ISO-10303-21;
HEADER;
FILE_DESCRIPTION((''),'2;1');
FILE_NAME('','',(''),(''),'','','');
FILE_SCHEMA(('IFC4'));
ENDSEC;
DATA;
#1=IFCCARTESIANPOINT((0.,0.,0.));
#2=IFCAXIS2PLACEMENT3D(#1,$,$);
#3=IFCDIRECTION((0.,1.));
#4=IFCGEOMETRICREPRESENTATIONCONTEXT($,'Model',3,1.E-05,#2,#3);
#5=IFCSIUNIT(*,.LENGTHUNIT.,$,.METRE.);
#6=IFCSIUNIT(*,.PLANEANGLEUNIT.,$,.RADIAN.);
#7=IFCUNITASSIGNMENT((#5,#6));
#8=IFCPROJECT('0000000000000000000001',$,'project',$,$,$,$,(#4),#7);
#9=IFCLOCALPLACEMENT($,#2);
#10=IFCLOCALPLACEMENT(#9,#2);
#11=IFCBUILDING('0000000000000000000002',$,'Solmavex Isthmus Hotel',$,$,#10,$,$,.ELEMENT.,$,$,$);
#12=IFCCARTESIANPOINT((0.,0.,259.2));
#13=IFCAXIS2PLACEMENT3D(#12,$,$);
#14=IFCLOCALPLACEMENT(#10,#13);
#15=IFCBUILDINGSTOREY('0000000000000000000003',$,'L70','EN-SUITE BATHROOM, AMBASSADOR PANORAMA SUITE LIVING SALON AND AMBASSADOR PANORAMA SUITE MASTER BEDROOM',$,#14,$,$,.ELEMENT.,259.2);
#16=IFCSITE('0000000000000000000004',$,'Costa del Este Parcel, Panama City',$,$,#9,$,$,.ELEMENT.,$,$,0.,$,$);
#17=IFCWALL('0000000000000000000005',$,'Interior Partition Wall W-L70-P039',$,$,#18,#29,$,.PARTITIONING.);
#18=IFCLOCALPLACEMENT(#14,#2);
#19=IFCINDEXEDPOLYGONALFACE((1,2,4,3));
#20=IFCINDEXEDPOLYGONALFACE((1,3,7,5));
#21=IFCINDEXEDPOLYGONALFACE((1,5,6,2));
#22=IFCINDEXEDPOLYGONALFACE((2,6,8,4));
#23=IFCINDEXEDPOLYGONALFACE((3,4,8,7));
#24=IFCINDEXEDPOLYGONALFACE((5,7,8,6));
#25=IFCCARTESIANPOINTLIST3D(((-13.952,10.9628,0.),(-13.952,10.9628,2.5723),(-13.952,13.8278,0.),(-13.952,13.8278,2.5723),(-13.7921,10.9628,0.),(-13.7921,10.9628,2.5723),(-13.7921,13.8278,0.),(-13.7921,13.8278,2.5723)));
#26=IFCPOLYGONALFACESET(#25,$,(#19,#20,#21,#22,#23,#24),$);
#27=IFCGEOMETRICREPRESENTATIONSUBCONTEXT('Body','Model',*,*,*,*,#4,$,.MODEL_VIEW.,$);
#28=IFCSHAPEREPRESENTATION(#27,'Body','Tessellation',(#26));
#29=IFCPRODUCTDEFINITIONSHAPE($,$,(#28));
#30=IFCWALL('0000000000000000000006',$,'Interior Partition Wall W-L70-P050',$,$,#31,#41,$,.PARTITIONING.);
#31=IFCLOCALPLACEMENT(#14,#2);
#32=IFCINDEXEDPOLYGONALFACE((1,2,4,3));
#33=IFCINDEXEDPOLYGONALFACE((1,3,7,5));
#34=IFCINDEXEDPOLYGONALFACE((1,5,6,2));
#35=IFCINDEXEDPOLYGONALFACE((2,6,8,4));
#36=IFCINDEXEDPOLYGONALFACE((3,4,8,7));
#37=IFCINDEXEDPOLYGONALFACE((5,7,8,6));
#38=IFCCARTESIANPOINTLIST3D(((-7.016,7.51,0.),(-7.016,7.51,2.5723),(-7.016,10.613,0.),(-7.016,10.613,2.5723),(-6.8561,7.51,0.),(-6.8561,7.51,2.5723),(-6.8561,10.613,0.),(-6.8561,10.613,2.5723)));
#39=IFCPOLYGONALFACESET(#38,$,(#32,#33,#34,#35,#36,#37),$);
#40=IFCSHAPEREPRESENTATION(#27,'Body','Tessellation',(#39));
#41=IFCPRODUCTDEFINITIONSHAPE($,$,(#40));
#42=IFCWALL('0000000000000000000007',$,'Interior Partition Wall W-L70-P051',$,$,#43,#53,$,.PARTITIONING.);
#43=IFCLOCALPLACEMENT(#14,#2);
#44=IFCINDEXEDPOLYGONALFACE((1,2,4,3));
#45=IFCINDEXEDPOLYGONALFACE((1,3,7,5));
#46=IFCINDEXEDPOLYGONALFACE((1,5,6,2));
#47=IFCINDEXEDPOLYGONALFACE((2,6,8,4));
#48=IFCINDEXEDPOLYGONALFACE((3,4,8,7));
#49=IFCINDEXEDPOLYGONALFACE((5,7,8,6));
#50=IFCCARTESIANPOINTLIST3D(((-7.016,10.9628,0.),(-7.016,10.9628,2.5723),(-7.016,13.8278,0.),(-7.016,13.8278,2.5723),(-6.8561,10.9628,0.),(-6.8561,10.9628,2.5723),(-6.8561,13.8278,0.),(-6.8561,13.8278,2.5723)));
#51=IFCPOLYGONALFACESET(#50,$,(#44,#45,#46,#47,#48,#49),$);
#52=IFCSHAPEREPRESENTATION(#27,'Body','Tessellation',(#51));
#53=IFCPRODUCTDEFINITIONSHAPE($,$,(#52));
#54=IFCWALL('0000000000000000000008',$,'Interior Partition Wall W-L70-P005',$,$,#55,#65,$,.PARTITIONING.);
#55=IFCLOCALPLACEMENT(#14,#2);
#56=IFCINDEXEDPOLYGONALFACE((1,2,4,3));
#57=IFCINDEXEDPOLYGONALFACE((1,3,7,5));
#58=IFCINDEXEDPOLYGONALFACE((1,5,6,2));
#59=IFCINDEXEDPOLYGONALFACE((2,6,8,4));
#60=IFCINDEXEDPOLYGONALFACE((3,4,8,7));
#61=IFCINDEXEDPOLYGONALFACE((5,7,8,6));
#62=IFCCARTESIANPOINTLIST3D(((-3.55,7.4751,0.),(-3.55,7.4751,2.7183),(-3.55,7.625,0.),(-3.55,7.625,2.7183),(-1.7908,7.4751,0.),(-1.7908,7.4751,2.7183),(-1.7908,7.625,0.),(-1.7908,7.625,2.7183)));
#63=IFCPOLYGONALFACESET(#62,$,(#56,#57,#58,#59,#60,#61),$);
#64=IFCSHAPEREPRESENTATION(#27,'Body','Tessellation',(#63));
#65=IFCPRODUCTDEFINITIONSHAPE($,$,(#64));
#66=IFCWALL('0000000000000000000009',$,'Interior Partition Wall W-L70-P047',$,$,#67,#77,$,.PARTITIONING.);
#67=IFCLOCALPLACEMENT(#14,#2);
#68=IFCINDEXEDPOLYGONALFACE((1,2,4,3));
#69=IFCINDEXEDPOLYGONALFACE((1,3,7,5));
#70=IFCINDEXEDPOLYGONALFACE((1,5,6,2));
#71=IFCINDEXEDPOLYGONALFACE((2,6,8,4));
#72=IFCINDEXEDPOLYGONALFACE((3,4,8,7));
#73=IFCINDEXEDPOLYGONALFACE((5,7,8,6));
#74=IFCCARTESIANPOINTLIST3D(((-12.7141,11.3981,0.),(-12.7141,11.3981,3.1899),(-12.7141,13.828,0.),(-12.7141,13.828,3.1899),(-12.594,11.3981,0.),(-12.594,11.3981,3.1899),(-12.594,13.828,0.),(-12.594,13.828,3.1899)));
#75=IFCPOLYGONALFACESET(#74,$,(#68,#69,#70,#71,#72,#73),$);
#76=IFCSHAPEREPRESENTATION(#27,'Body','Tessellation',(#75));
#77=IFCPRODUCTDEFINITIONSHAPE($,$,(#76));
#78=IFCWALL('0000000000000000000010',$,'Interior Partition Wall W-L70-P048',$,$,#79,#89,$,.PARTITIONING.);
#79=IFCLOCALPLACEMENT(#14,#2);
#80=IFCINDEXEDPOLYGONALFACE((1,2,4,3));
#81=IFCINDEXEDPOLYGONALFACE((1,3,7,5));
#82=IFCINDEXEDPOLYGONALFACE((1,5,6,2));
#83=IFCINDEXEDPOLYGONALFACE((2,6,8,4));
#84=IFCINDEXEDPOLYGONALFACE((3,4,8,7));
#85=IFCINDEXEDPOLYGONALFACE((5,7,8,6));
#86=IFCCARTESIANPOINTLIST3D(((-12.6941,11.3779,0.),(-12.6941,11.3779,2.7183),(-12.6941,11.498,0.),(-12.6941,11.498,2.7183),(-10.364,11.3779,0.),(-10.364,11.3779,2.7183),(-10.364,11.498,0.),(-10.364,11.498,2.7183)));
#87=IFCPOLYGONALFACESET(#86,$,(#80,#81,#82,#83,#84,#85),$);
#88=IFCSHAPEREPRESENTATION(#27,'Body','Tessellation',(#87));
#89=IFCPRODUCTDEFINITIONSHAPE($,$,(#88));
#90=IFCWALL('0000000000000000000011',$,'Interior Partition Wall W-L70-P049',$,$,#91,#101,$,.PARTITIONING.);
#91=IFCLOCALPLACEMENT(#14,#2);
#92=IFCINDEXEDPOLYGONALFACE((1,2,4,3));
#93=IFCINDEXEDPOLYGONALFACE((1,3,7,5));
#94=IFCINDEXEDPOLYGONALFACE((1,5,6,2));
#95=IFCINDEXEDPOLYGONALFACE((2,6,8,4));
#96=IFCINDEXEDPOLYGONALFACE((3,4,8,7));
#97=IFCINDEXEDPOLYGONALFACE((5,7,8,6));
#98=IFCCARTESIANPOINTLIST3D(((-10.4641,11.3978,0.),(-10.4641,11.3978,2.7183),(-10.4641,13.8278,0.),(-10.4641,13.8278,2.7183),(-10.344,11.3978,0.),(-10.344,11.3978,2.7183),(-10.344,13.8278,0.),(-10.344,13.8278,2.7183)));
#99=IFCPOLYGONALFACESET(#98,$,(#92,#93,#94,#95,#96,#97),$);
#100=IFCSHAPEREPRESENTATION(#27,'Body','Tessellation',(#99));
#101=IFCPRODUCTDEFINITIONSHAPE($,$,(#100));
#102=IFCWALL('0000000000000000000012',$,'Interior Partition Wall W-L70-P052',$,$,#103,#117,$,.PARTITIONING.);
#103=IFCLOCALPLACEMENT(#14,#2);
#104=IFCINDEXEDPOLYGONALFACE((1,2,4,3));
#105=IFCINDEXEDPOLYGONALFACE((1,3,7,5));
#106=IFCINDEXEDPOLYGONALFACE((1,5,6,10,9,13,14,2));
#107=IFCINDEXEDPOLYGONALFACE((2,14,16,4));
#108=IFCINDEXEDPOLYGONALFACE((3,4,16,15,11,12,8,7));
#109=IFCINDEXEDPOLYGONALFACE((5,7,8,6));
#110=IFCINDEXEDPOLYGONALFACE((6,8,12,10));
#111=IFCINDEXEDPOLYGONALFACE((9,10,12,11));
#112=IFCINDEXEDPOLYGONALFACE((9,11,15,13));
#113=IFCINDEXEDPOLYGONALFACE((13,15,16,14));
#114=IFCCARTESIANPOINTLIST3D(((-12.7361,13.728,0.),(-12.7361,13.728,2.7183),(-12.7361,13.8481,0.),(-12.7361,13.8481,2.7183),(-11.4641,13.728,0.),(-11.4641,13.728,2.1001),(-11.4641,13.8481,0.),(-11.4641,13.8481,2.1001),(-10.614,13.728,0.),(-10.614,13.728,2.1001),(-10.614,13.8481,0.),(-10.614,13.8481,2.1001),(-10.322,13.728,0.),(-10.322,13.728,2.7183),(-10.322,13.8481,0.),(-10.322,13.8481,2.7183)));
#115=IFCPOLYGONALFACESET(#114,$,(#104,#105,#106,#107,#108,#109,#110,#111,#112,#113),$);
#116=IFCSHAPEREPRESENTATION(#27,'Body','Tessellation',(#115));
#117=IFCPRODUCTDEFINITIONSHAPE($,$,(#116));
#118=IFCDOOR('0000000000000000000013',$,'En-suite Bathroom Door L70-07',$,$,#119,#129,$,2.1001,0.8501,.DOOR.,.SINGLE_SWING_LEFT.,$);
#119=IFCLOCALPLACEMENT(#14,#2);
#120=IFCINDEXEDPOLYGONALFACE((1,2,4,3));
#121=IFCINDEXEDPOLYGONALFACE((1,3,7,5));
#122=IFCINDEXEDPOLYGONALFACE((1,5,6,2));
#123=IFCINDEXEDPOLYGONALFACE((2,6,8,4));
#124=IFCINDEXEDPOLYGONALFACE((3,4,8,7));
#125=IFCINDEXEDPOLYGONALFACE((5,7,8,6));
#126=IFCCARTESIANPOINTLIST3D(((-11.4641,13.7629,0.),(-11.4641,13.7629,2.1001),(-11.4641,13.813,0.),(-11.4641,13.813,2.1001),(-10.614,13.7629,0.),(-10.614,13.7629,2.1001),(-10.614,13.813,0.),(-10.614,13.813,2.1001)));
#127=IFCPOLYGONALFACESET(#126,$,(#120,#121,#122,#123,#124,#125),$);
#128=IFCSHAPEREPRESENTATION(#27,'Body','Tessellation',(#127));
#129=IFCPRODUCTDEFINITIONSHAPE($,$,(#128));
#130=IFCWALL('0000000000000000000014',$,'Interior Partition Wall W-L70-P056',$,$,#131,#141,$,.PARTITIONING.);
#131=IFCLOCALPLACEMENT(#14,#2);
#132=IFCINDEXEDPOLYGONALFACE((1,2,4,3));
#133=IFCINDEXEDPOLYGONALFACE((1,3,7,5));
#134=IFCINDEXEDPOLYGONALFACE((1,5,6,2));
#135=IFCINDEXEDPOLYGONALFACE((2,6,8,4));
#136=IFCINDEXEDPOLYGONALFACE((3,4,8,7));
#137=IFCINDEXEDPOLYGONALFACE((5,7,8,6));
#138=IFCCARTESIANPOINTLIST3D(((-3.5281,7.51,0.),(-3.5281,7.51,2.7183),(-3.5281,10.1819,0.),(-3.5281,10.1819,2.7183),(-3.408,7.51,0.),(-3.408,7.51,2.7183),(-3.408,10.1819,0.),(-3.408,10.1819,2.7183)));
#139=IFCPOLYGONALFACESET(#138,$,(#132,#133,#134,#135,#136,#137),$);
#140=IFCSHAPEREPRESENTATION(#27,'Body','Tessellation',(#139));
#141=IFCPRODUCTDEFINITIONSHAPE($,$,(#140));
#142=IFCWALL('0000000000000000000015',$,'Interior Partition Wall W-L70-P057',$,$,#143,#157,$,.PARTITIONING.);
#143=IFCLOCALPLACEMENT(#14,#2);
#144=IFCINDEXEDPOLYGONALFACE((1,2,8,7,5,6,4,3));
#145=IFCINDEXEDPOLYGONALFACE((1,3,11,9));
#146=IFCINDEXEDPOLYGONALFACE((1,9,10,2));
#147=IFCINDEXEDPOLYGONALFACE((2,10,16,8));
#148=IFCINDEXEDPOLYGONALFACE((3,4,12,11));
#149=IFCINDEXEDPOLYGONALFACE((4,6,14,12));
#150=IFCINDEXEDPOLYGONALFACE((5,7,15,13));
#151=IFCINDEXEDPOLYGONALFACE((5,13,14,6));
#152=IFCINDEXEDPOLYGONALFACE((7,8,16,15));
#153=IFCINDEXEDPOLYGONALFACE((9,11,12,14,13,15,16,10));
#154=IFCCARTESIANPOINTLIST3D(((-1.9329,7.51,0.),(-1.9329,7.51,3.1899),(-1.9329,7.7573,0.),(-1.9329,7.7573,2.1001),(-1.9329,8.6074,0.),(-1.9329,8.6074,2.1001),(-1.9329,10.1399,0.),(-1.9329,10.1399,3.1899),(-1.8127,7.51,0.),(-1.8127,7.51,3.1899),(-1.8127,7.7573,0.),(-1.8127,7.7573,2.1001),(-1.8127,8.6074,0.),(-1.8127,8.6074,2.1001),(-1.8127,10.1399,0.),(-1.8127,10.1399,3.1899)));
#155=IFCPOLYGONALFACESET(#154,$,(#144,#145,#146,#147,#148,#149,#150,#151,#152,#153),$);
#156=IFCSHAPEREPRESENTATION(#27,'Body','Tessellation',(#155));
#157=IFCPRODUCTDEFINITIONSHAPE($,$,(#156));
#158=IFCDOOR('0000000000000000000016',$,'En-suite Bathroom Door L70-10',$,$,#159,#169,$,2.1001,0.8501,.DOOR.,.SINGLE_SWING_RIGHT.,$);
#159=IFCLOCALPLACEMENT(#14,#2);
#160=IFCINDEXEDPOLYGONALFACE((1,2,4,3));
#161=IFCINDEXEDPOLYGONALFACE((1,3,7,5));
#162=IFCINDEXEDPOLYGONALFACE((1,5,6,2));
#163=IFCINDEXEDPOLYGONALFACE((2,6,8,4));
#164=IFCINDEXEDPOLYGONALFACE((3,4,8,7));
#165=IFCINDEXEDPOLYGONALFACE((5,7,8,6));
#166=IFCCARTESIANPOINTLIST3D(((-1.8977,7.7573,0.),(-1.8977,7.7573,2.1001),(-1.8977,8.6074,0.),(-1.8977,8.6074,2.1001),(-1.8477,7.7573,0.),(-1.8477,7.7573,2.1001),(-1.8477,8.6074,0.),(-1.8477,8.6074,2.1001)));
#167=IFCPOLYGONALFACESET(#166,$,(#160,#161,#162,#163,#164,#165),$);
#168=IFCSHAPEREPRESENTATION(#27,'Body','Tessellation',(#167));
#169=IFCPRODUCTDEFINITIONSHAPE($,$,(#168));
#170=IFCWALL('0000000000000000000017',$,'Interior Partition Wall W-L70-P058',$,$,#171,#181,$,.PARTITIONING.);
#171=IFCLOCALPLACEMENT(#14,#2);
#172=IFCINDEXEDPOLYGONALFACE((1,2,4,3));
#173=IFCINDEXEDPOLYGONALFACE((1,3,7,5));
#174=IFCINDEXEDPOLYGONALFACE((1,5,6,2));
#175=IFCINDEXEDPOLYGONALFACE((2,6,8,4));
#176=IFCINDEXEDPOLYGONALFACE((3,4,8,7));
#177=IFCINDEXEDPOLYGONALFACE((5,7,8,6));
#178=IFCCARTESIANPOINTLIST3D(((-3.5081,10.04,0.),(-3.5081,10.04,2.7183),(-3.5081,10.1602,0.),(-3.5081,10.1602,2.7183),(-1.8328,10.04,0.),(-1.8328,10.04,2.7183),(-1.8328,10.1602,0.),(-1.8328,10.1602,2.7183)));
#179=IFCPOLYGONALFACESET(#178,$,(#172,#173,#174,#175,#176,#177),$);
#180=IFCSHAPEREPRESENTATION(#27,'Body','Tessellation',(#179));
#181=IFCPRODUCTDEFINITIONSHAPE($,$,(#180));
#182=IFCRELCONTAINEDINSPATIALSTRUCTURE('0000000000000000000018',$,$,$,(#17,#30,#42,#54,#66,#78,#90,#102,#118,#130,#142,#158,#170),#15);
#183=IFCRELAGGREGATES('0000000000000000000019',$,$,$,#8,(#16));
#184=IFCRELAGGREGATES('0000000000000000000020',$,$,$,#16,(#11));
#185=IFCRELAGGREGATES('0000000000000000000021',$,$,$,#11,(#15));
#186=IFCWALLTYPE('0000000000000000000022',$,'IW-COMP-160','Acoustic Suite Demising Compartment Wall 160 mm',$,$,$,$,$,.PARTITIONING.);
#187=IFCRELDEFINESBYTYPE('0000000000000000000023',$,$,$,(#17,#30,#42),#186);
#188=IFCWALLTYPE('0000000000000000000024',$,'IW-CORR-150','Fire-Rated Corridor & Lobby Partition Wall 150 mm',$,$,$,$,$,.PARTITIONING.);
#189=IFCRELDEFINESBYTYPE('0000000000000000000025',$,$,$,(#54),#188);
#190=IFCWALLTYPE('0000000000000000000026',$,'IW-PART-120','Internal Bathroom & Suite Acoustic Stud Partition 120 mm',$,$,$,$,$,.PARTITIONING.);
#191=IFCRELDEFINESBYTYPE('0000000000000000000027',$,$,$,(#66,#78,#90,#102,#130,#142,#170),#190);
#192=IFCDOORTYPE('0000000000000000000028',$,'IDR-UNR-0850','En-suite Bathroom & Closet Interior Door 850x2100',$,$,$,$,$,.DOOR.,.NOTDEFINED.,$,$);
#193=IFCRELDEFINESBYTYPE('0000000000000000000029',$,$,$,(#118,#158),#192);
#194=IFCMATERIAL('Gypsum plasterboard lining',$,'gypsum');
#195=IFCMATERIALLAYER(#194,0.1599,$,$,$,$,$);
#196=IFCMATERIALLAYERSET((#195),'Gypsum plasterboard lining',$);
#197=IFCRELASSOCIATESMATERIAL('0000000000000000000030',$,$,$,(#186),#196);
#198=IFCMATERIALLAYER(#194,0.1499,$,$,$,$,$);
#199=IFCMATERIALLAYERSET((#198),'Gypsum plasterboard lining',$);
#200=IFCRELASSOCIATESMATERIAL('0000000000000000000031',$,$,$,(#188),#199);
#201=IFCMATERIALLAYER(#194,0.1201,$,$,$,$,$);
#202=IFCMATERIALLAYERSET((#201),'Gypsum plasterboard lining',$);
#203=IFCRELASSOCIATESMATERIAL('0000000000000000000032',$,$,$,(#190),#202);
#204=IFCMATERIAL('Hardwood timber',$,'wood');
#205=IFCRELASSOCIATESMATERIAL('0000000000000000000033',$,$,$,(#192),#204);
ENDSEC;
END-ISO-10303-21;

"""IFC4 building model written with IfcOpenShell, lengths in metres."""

from ifc_helpers import new_model, si_unit, direction, frame, frame_2d, origin, place, context, subcontext, project, spatial, rectangle, extrude, material, layer, layer_set, type_object, element, fill, save


model = new_model("IFC4")

# Units and contexts
model_context = context("Model", 3, precision=1e-05, world=origin(), true_north=direction((0.0, 1.0)))
body_context = subcontext(model_context, "Body", "Model", "MODEL_VIEW")
ifc_project = project(units=[si_unit("LENGTHUNIT", "METRE"), si_unit("PLANEANGLEUNIT", "RADIAN")], contexts=[model_context])

# Site, building, storey
site_placement = place(None, origin())
site = spatial("IfcSite", under=ifc_project, at=site_placement, Name="Costa del Este Parcel, Panama City", CompositionType="ELEMENT", RefElevation=0.0)
building_placement = place(site_placement, origin())
building = spatial("IfcBuilding", under=site, at=building_placement, Name="Solmavex Isthmus Hotel", CompositionType="ELEMENT")
storey_placement = place(building_placement, frame((0.0, 0.0, 259.2)))
storey = spatial("IfcBuildingStorey", under=building, at=storey_placement, Name="L70", Description="EN-SUITE BATHROOM, AMBASSADOR PANORAMA SUITE LIVING SALON AND AMBASSADOR PANORAMA SUITE MASTER BEDROOM", CompositionType="ELEMENT", Elevation=259.2)

# Wall
ifc_material_1 = material(Name="Gypsum plasterboard lining", Category="gypsum")
ifc_layer_1 = layer(ifc_material_1, 0.1599)
ifc_layer_set_1 = layer_set([ifc_layer_1], Name="Gypsum plasterboard lining")
wall_type_1 = type_object("IfcWallType", Name="IW-COMP-160", Description="Acoustic Suite Demising Compartment Wall 160 mm", PredefinedType="PARTITIONING", material=ifc_layer_set_1)
wall_1_placement = place(storey_placement, frame((-13.8721, 13.8279, 0.0), z_axis=(0.0, 0.0, 1.0), x_axis=(0.0, -1.0, 0.0)))
element("IfcWall", 1, at=wall_1_placement, inside=storey, type_object=wall_type_1, Name="Interior Partition Wall W-L70-P039", PredefinedType="PARTITIONING", context=body_context, shape_type="SweptSolid", body=[
    extrude(rectangle(XDim=2.865, YDim=0.1599, at=frame_2d((1.4326, 0.0))), origin(), (0.0, 0.0, 1.0), 2.5723),
])

# Shared definitions
ifc_material_2 = material(Name="Hardwood timber", Category="wood")

# Walls
wall_2_placement = place(storey_placement, frame((-6.936, 10.613, 0.0), z_axis=(0.0, 0.0, 1.0), x_axis=(0.0, -1.0, 0.0)))
element("IfcWall", 2, at=wall_2_placement, inside=storey, type_object=wall_type_1, Name="Interior Partition Wall W-L70-P050", PredefinedType="PARTITIONING", context=body_context, shape_type="SweptSolid", body=[
    extrude(rectangle(XDim=3.103, YDim=0.1599, at=frame_2d((1.5515, 0.0))), origin(), (0.0, 0.0, 1.0), 2.5723),
])
wall_3_placement = place(storey_placement, frame((-6.936, 13.8279, 0.0), z_axis=(0.0, 0.0, 1.0), x_axis=(0.0, -1.0, 0.0)))
element("IfcWall", 3, at=wall_3_placement, inside=storey, type_object=wall_type_1, Name="Interior Partition Wall W-L70-P051", PredefinedType="PARTITIONING", context=body_context, shape_type="SweptSolid", body=[
    extrude(rectangle(XDim=2.865, YDim=0.1599, at=frame_2d((1.4326, 0.0))), origin(), (0.0, 0.0, 1.0), 2.5723),
])

# Shared definitions
ifc_layer_2 = layer(ifc_material_1, 0.1499)
ifc_layer_set_2 = layer_set([ifc_layer_2], Name="Gypsum plasterboard lining")
wall_type_2 = type_object("IfcWallType", Name="IW-CORR-150", Description="Fire-Rated Corridor & Lobby Partition Wall 150 mm", PredefinedType="PARTITIONING", material=ifc_layer_set_2)

# Walls
wall_4_placement = place(storey_placement, frame((-3.55, 7.55, 0.0), z_axis=(0.0, 0.0, 1.0), x_axis=(1.0, 0.0, 0.0)))
element("IfcWall", 4, at=wall_4_placement, inside=storey, type_object=wall_type_2, Name="Interior Partition Wall W-L70-P005", PredefinedType="PARTITIONING", context=body_context, shape_type="SweptSolid", body=[
    extrude(rectangle(XDim=1.7593, YDim=0.1499, at=frame_2d((0.8796, 0.0))), origin(), (0.0, 0.0, 1.0), 2.7183),
])
ifc_layer_3 = layer(ifc_material_1, 0.1201)
ifc_layer_set_3 = layer_set([ifc_layer_3], Name="Gypsum plasterboard lining")
wall_type_3 = type_object("IfcWallType", Name="IW-PART-120", Description="Internal Bathroom & Suite Acoustic Stud Partition 120 mm", PredefinedType="PARTITIONING", material=ifc_layer_set_3)
wall_5_placement = place(storey_placement, frame((-12.6541, 13.8279, 0.0), z_axis=(0.0, 0.0, 1.0), x_axis=(0.0, -1.0, 0.0)))
element("IfcWall", 5, at=wall_5_placement, inside=storey, type_object=wall_type_3, Name="Interior Partition Wall W-L70-P047", PredefinedType="PARTITIONING", context=body_context, shape_type="SweptSolid", body=[
    extrude(rectangle(XDim=2.4299, YDim=0.1201, at=frame_2d((1.2148, 0.0))), origin(), (0.0, 0.0, 1.0), 3.1899),
])
wall_6_placement = place(storey_placement, frame((-12.6941, 11.438, 0.0), z_axis=(0.0, 0.0, 1.0), x_axis=(1.0, 0.0, 0.0)))
element("IfcWall", 6, at=wall_6_placement, inside=storey, type_object=wall_type_3, Name="Interior Partition Wall W-L70-P048", PredefinedType="PARTITIONING", context=body_context, shape_type="SweptSolid", body=[
    extrude(rectangle(XDim=2.3301, YDim=0.1201, at=frame_2d((1.165, 0.0))), origin(), (0.0, 0.0, 1.0), 2.7183),
])
wall_7_placement = place(storey_placement, frame((-10.4041, 11.3979, 0.0), z_axis=(0.0, 0.0, 1.0), x_axis=(0.0, 1.0, 0.0)))
element("IfcWall", 7, at=wall_7_placement, inside=storey, type_object=wall_type_3, Name="Interior Partition Wall W-L70-P049", PredefinedType="PARTITIONING", context=body_context, shape_type="SweptSolid", body=[
    extrude(rectangle(XDim=2.4299, YDim=0.1201, at=frame_2d((1.2148, 0.0))), origin(), (0.0, 0.0, 1.0), 2.7183),
])

# Wall, opening, door
wall_8_placement = place(storey_placement, frame((-10.322, 13.7881, 0.0), z_axis=(0.0, 0.0, 1.0), x_axis=(-1.0, 0.0, 0.0)))
wall_8 = element("IfcWall", 8, at=wall_8_placement, inside=storey, type_object=wall_type_3, Name="Interior Partition Wall W-L70-P052", PredefinedType="PARTITIONING", context=body_context, shape_type="SweptSolid", body=[
    extrude(rectangle(XDim=2.4141, YDim=0.1201, at=frame_2d((1.207, 0.0))), origin(), (0.0, 0.0, 1.0), 2.7183),
])
opening_1_placement = place(wall_8_placement, frame((0.292, 0.0, 0.0)))
opening_1 = element("IfcOpeningElement", 9, at=opening_1_placement, cuts=wall_8, PredefinedType="OPENING", context=body_context, shape_type="SweptSolid", body=[
    extrude(rectangle(XDim=0.8501, YDim=2.1001, at=frame_2d((0.425, 1.05))), frame((0.0, 0.0701, 0.0), z_axis=(0.0, -1.0, 0.0), x_axis=(1.0, 0.0, 0.0)), (0.0, 0.0, 1.0), 0.1401),
])
door_type_1 = type_object("IfcDoorType", Name="IDR-UNR-0850", Description="En-suite Bathroom & Closet Interior Door 850x2100", OperationType="NOTDEFINED", PredefinedType="DOOR", material=ifc_material_2)
door_1_placement = place(opening_1_placement, frame((0.8501, 0.0, 0.0), z_axis=(0.0, 0.0, 1.0), x_axis=(-1.0, 0.0, 0.0)))
door_1 = element("IfcDoor", 10, at=door_1_placement, inside=storey, type_object=door_type_1, Name="En-suite Bathroom Door L70-07", OperationType="SINGLE_SWING_LEFT", OverallHeight=2.1001, OverallWidth=0.8501, PredefinedType="DOOR", context=body_context, shape_type="SweptSolid", body=[
    extrude(rectangle(XDim=0.8501, YDim=2.1001, at=frame_2d((0.425, 1.05))), frame((0.0, 0.0249, 0.0), z_axis=(0.0, -1.0, 0.0), x_axis=(1.0, 0.0, 0.0)), (0.0, 0.0, 1.0), 0.05),
])
fill(opening_1, door_1)

# Wall
wall_9_placement = place(storey_placement, frame((-3.468, 10.1819, 0.0), z_axis=(0.0, 0.0, 1.0), x_axis=(0.0, -1.0, 0.0)))
element("IfcWall", 11, at=wall_9_placement, inside=storey, type_object=wall_type_3, Name="Interior Partition Wall W-L70-P056", PredefinedType="PARTITIONING", context=body_context, shape_type="SweptSolid", body=[
    extrude(rectangle(XDim=2.6719, YDim=0.1201, at=frame_2d((1.3359, 0.0))), origin(), (0.0, 0.0, 1.0), 2.7183),
])

# Wall, opening, door
wall_10_placement = place(storey_placement, frame((-1.8728, 7.51, 0.0), z_axis=(0.0, 0.0, 1.0), x_axis=(0.0, 1.0, 0.0)))
wall_10 = element("IfcWall", 12, at=wall_10_placement, inside=storey, type_object=wall_type_3, Name="Interior Partition Wall W-L70-P057", PredefinedType="PARTITIONING", context=body_context, shape_type="SweptSolid", body=[
    extrude(rectangle(XDim=2.6299, YDim=0.1201, at=frame_2d((1.3149, 0.0))), origin(), (0.0, 0.0, 1.0), 3.1899),
])
opening_2_placement = place(wall_10_placement, frame((0.2473, 0.0, 0.0)))
opening_2 = element("IfcOpeningElement", 13, at=opening_2_placement, cuts=wall_10, PredefinedType="OPENING", context=body_context, shape_type="SweptSolid", body=[
    extrude(rectangle(XDim=0.8501, YDim=2.1001, at=frame_2d((0.425, 1.05))), frame((0.0, 0.0701, 0.0), z_axis=(0.0, -1.0, 0.0), x_axis=(1.0, 0.0, 0.0)), (0.0, 0.0, 1.0), 0.1401),
])
door_2_placement = place(opening_2_placement, origin())
door_2 = element("IfcDoor", 14, at=door_2_placement, inside=storey, type_object=door_type_1, Name="En-suite Bathroom Door L70-10", OperationType="SINGLE_SWING_RIGHT", OverallHeight=2.1001, OverallWidth=0.8501, PredefinedType="DOOR", context=body_context, shape_type="SweptSolid", body=[
    extrude(rectangle(XDim=0.8501, YDim=2.1001, at=frame_2d((0.425, 1.05))), frame((0.0, 0.0249, 0.0), z_axis=(0.0, -1.0, 0.0), x_axis=(1.0, 0.0, 0.0)), (0.0, 0.0, 1.0), 0.05),
])
fill(opening_2, door_2)

# Wall
wall_11_placement = place(storey_placement, frame((-1.8328, 10.1001, 0.0), z_axis=(0.0, 0.0, 1.0), x_axis=(-1.0, 0.0, 0.0)))
element("IfcWall", 15, at=wall_11_placement, inside=storey, type_object=wall_type_3, Name="Interior Partition Wall W-L70-P058", PredefinedType="PARTITIONING", context=body_context, shape_type="SweptSolid", body=[
    extrude(rectangle(XDim=1.6753, YDim=0.1201, at=frame_2d((0.8376, 0.0))), origin(), (0.0, 0.0, 1.0), 2.7183),
])

save(model, "model.ifc")
